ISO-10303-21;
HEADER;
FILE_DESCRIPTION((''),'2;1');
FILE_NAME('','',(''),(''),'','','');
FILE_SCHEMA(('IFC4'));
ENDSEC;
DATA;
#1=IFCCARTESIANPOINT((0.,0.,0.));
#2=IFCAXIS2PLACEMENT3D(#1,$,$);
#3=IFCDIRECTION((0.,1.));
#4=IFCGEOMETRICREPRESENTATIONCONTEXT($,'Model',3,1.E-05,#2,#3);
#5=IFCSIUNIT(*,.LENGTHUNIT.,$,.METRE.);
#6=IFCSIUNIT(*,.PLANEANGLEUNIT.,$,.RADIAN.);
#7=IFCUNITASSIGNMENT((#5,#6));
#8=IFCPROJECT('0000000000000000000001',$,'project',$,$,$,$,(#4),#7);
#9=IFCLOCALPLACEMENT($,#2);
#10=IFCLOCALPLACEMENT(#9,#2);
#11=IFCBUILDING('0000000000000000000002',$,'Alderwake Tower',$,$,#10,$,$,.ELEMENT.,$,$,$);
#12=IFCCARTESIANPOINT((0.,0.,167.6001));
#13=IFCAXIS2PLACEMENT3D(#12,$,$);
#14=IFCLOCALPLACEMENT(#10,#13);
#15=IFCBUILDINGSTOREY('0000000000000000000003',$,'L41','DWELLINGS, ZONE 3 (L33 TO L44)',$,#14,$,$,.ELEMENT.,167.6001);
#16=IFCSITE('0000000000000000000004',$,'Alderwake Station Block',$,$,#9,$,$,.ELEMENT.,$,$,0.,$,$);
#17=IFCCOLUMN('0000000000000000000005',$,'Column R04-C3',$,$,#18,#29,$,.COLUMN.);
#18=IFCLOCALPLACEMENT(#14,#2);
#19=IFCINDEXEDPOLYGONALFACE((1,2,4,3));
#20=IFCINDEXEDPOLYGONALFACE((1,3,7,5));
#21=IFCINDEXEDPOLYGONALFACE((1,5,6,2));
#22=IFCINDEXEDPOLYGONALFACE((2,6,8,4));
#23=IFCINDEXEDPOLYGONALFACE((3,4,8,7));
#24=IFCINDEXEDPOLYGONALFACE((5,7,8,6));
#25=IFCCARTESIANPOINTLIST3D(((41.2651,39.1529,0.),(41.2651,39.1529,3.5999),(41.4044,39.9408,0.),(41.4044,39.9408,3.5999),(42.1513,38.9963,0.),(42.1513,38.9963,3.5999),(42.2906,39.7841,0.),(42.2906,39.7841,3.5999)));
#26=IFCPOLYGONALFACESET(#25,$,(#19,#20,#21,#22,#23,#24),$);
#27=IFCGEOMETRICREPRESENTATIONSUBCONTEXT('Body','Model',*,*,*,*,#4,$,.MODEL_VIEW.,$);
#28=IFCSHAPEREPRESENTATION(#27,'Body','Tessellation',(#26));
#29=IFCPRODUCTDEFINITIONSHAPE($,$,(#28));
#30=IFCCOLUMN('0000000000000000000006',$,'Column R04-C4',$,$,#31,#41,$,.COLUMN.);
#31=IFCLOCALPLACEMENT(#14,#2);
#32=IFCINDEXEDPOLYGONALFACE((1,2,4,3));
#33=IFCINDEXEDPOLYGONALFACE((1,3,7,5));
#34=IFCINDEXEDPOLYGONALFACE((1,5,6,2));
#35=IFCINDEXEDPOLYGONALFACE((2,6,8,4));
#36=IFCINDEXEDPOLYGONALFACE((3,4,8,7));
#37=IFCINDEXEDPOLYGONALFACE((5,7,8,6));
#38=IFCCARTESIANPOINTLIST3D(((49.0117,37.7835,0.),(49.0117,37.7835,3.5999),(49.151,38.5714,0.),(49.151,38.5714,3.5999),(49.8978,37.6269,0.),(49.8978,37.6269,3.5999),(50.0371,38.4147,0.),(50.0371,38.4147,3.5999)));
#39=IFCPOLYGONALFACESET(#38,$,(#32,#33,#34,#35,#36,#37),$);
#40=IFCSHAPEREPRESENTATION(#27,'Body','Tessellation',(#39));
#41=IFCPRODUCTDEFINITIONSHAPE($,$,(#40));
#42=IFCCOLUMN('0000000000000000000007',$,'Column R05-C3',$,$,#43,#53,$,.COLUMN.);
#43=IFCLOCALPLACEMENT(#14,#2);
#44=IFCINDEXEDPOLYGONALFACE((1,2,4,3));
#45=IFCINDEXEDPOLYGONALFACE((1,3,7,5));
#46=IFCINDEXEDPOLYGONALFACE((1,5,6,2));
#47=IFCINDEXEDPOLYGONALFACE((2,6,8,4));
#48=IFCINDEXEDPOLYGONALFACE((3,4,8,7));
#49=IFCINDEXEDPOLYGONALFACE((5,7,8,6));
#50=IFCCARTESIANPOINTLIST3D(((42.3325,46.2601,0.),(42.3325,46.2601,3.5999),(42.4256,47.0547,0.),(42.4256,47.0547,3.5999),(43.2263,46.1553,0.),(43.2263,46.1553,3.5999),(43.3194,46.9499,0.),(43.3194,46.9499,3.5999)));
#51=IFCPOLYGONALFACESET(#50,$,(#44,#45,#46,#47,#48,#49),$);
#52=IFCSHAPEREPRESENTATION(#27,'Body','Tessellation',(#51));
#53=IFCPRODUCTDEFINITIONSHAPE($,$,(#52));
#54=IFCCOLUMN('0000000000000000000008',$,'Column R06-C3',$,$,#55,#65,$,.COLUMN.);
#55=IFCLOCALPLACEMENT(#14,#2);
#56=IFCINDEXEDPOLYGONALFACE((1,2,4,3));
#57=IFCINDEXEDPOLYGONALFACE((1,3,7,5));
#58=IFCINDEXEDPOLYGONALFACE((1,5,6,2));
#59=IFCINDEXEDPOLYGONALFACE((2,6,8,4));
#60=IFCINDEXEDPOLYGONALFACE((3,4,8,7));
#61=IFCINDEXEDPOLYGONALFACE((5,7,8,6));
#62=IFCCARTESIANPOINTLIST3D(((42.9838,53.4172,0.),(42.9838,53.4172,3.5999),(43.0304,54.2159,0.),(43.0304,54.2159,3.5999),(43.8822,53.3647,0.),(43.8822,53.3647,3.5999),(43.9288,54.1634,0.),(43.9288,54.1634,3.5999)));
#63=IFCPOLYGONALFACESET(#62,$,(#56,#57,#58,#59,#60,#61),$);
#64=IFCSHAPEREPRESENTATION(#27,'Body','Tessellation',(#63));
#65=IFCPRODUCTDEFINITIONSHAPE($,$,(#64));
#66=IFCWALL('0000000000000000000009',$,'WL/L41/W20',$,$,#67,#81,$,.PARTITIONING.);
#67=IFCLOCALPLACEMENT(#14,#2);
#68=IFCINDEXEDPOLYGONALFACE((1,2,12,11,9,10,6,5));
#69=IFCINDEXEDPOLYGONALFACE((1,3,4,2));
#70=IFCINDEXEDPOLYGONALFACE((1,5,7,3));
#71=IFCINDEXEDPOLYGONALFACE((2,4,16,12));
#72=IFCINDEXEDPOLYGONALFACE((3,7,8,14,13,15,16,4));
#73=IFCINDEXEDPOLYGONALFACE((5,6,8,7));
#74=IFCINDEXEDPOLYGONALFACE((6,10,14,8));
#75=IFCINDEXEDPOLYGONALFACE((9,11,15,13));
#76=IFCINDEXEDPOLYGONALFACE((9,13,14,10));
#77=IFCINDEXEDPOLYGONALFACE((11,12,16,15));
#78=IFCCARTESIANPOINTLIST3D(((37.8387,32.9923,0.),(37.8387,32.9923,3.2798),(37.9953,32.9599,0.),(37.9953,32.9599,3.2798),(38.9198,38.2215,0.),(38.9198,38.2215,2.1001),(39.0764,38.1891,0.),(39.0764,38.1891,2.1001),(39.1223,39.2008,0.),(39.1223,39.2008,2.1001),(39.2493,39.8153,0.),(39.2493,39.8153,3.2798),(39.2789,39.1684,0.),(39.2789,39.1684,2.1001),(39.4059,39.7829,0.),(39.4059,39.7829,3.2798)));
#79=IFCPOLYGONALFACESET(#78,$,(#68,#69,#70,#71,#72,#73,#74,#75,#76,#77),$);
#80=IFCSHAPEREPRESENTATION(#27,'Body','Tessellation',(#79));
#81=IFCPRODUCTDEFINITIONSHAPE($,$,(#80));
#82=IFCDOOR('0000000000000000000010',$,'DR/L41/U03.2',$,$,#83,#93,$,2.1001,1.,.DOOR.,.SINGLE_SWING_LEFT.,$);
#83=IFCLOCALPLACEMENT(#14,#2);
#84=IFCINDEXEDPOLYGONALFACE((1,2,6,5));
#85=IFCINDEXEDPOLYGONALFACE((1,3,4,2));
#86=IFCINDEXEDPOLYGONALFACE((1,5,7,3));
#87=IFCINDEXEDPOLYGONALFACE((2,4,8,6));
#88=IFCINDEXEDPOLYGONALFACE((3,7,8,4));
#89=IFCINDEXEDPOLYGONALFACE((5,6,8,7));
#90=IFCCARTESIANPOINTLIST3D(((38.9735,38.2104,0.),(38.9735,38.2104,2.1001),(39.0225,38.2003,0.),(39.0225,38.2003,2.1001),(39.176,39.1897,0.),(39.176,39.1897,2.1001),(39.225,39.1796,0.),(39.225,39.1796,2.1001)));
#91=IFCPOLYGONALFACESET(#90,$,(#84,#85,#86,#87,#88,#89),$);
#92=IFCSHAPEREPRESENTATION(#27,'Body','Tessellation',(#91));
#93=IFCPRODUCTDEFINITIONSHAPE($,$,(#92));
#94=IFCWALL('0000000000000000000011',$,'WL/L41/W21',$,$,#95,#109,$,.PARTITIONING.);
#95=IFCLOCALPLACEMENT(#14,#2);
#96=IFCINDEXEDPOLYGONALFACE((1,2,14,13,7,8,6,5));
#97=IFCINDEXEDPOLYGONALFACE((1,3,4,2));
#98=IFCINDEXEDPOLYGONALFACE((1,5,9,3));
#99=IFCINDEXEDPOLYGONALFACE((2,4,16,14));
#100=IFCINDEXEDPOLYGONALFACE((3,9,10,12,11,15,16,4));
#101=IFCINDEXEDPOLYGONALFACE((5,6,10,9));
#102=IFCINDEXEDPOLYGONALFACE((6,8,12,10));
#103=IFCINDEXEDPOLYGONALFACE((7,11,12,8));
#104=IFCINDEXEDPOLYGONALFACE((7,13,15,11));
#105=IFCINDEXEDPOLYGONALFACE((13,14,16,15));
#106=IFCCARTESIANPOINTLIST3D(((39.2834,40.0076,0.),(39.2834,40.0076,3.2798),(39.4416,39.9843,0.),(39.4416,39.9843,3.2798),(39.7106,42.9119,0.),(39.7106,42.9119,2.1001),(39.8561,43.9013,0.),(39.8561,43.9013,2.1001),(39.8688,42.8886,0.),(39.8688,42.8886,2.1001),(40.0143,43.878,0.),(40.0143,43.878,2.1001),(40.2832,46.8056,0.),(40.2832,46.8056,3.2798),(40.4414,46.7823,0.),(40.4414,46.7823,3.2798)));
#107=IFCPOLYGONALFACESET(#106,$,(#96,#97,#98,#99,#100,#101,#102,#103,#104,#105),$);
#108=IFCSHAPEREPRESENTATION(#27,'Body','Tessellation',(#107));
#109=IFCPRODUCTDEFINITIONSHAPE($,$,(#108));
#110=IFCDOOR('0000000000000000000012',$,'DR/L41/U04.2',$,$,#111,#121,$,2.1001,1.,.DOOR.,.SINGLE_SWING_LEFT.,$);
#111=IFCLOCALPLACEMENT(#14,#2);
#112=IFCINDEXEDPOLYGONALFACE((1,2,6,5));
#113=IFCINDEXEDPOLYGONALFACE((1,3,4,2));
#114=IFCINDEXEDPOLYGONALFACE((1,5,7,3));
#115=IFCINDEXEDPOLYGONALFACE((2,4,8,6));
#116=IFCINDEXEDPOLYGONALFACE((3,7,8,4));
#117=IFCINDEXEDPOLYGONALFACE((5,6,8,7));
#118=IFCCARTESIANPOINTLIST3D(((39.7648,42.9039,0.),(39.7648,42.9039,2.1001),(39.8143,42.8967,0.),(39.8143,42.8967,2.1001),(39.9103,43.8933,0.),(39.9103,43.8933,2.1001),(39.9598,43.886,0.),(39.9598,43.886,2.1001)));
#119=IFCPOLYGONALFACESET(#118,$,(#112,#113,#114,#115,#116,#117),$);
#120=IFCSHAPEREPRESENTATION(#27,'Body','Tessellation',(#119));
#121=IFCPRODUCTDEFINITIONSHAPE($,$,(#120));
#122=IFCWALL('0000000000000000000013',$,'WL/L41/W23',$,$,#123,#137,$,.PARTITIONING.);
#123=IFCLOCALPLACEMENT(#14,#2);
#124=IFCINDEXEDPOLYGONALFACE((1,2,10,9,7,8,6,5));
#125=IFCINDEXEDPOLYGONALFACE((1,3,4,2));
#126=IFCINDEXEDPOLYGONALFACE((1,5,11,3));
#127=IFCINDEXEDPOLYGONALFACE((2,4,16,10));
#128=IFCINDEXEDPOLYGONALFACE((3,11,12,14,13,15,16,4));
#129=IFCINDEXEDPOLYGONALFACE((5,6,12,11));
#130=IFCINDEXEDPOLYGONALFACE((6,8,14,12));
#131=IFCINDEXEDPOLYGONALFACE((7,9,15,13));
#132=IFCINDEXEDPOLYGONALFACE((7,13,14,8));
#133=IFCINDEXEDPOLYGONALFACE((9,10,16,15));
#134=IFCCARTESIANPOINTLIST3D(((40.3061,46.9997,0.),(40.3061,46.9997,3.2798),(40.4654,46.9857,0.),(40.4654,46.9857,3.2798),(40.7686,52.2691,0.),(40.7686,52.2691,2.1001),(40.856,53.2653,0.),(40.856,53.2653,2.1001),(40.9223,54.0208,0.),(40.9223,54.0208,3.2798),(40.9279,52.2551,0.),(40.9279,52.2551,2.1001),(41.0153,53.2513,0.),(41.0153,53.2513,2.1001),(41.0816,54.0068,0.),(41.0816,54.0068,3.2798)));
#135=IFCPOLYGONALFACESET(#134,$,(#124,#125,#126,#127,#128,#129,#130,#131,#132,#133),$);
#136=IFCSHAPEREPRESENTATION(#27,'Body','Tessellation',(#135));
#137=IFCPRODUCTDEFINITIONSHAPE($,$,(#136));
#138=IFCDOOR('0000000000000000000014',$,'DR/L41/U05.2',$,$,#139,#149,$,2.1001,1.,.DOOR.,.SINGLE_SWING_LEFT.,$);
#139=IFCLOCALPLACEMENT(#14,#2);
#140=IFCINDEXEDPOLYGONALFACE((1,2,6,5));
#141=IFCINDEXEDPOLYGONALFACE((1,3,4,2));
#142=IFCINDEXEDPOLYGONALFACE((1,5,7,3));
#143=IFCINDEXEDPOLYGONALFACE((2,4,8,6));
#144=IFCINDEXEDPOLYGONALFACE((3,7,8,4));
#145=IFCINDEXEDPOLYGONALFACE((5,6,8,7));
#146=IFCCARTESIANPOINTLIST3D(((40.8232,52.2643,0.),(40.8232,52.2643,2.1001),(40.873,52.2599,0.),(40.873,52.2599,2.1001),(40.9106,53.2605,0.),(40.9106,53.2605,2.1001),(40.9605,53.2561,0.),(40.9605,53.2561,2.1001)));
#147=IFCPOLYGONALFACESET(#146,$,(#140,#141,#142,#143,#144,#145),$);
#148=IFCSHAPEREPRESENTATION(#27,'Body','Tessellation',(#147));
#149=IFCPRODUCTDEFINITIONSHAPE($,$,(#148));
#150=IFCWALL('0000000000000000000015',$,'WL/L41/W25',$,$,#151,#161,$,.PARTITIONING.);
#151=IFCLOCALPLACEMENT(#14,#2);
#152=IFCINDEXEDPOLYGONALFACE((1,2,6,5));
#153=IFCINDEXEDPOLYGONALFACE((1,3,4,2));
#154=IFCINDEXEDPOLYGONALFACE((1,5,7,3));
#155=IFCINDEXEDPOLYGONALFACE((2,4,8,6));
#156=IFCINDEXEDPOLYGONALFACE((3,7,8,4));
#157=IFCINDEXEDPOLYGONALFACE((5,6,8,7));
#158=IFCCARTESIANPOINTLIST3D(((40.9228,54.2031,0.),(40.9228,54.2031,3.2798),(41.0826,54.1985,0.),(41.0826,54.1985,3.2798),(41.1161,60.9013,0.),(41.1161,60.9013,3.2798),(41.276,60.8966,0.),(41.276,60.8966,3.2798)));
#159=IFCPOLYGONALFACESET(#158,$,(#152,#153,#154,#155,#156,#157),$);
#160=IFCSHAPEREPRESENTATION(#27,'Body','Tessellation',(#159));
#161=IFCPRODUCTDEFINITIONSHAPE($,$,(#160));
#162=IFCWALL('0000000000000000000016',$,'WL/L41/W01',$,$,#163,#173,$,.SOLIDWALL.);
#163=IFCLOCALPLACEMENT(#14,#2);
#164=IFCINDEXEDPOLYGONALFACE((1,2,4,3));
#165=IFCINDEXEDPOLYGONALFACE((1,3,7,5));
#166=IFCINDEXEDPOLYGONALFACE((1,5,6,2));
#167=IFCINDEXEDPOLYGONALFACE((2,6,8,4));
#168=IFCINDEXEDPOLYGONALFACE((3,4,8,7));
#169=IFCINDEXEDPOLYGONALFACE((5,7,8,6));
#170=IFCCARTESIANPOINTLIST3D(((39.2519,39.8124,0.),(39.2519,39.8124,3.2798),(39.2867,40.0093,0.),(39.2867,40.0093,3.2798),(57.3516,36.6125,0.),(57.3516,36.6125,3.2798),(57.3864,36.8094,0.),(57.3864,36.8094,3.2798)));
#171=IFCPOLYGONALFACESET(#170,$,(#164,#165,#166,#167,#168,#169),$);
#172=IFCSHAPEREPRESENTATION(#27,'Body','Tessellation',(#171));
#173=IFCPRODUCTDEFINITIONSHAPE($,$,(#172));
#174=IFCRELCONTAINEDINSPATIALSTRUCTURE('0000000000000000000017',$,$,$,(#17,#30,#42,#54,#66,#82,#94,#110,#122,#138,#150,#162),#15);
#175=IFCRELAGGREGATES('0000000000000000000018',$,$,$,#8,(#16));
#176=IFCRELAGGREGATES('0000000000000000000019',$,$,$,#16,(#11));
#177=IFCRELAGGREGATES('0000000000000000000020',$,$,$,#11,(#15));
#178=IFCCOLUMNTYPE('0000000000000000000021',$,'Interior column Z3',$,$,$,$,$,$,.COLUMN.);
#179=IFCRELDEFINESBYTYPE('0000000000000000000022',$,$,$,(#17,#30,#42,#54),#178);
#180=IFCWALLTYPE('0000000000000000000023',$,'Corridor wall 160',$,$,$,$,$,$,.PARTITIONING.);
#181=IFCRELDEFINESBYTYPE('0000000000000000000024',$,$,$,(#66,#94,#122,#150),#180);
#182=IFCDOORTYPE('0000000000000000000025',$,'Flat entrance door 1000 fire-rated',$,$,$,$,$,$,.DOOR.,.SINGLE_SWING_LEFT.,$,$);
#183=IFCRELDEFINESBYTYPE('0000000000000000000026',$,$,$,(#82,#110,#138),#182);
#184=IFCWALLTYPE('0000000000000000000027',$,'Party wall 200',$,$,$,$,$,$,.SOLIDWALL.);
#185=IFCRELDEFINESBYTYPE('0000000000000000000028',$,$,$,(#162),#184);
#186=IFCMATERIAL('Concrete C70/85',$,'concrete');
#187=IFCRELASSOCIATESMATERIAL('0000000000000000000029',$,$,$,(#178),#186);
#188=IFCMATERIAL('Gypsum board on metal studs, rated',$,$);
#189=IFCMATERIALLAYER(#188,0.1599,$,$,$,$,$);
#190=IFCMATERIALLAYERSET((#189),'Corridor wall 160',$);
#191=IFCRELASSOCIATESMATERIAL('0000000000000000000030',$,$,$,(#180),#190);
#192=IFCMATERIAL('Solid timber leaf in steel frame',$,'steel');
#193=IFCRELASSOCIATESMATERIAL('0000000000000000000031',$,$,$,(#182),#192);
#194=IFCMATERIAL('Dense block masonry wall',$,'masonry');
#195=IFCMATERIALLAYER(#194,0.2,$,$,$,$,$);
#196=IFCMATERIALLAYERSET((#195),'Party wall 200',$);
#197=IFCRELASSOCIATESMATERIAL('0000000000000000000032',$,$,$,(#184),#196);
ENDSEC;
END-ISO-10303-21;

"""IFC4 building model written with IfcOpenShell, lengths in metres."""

from ifc_helpers import new_model, si_unit, direction, frame, frame_2d, origin, origin_2d, place, context, subcontext, project, spatial, rectangle, extrude, material, layer, layer_set, material_profile, profile_set, type_object, element, fill, save


model = new_model("IFC4")

# Units and contexts
model_context = context("Model", 3, precision=1e-05, world=origin(), true_north=direction((0.0, 1.0)))
body_context = subcontext(model_context, "Body", "Model", "MODEL_VIEW")
ifc_project = project(units=[si_unit("LENGTHUNIT", "METRE"), si_unit("PLANEANGLEUNIT", "RADIAN")], contexts=[model_context])

# Site, building, storey
site_placement = place(None, origin())
site = spatial("IfcSite", under=ifc_project, at=site_placement, Name="Alderwake Station Block", CompositionType="ELEMENT", RefElevation=0.0)
building_placement = place(site_placement, origin())
building = spatial("IfcBuilding", under=site, at=building_placement, Name="Alderwake Tower", CompositionType="ELEMENT")
storey_placement = place(building_placement, frame((0.0, 0.0, 167.6001)))
storey = spatial("IfcBuildingStorey", under=building, at=storey_placement, Name="L41", Description="DWELLINGS, ZONE 3 (L33 TO L44)", CompositionType="ELEMENT", Elevation=167.6001)

# Columns
ifc_material_1 = material(Name="Concrete C70/85", Category="concrete")
ifc_material_profile = material_profile(ifc_material_1, rectangle(XDim=0.8, YDim=0.8999, at=origin_2d()), Name="RC 900X800")
ifc_profile_set = profile_set([ifc_material_profile], Name="Concrete C70/85")
column_type = type_object("IfcColumnType", Name="Interior column Z3", PredefinedType="COLUMN", material=ifc_profile_set)
for number, where, z_axis, x_axis, name in (
    (1, (41.7778, 39.4685, 0.0), (0.0, 0.0, 1.0), (0.174109, 0.984726, 0.0), "Column R04-C3"),
    (2, (49.5244, 38.0991, 0.0), (0.0, 0.0, 1.0), (0.174109, 0.984726, 0.0), "Column R04-C4"),
    (3, (42.8259, 46.605, 0.0), (0.0, 0.0, 1.0), (0.116402, 0.993202, 0.0), "Column R05-C3"),
    (4, (43.4563, 53.7903, 0.0), (0.0, 0.0, 1.0), (0.058301, 0.998299, 0.0), "Column R06-C3"),
):
    element("IfcColumn", number, at=place(storey_placement, frame(where, z_axis=z_axis, x_axis=x_axis)), inside=storey, type_object=column_type, Name=name, PredefinedType="COLUMN", context=body_context, shape_type="SweptSolid", body=[
        extrude(rectangle(XDim=0.8, YDim=0.8999, at=origin_2d()), origin(), (0.0, 0.0, 1.0), 3.5999),
    ])

# Walls, openings, doors
ifc_material_2 = material(Name="Gypsum board on metal studs, rated")
ifc_layer_1 = layer(ifc_material_2, 0.1599)
ifc_layer_set_1 = layer_set([ifc_layer_1], Name="Corridor wall 160")
wall_type_1 = type_object("IfcWallType", Name="Corridor wall 160", PredefinedType="PARTITIONING", material=ifc_layer_set_1)
wall_1_placement = place(storey_placement, frame((39.3276, 39.7991, 0.0), z_axis=(0.0, 0.0, 1.0), x_axis=(-0.202467, -0.979289, 0.0)))
wall_1 = element("IfcWall", 5, at=wall_1_placement, inside=storey, type_object=wall_type_1, Name="WL/L41/W20", PredefinedType="PARTITIONING", context=body_context, shape_type="SweptSolid", body=[
    extrude(rectangle(XDim=6.9673, YDim=0.1599, at=frame_2d((3.4836, 0.0))), origin(), (0.0, 0.0, 1.0), 3.2798),
])
opening_1_placement = place(wall_1_placement, frame((0.6274, 0.0, 0.0)))
opening_1 = element("IfcOpeningElement", 6, at=opening_1_placement, cuts=wall_1, PredefinedType="OPENING", context=body_context, shape_type="SweptSolid", body=[
    extrude(rectangle(XDim=1.0, YDim=2.1001, at=frame_2d((0.5, 1.05))), frame((0.0, 0.0898, 0.0), z_axis=(0.0, -1.0, 0.0), x_axis=(1.0, 0.0, 0.0)), (0.0, 0.0, 1.0), 0.1799),
])
ifc_material_3 = material(Name="Solid timber leaf in steel frame", Category="steel")
door_type_1 = type_object("IfcDoorType", Name="Flat entrance door 1000 fire-rated", OperationType="SINGLE_SWING_LEFT", PredefinedType="DOOR", material=ifc_material_3)
door_1_placement = place(opening_1_placement, origin())
door_1 = element("IfcDoor", 7, at=door_1_placement, inside=storey, type_object=door_type_1, Name="DR/L41/U03.2", OperationType="SINGLE_SWING_LEFT", OverallHeight=2.1001, OverallWidth=1.0, PredefinedType="DOOR", context=body_context, shape_type="SweptSolid", body=[
    extrude(rectangle(XDim=1.0, YDim=2.1001, at=frame_2d((0.5, 1.05))), frame((0.0, 0.0249, 0.0), z_axis=(0.0, -1.0, 0.0), x_axis=(1.0, 0.0, 0.0)), (0.0, 0.0, 1.0), 0.05),
])
fill(opening_1, door_1)
wall_2_placement = place(storey_placement, frame((40.3623, 46.7939, 0.0), z_axis=(0.0, 0.0, 1.0), x_axis=(-0.145504, -0.989358, 0.0)))
wall_2 = element("IfcWall", 8, at=wall_2_placement, inside=storey, type_object=wall_type_1, Name="WL/L41/W21", PredefinedType="PARTITIONING", context=body_context, shape_type="SweptSolid", body=[
    extrude(rectangle(XDim=6.8711, YDim=0.1599, at=frame_2d((3.4355, 0.0))), origin(), (0.0, 0.0, 1.0), 3.2798),
])
opening_2_placement = place(wall_2_placement, frame((2.9355, 0.0, 0.0)))
opening_2 = element("IfcOpeningElement", 9, at=opening_2_placement, cuts=wall_2, PredefinedType="OPENING", context=body_context, shape_type="SweptSolid", body=[
    extrude(rectangle(XDim=1.0, YDim=2.1001, at=frame_2d((0.5, 1.05))), frame((0.0, 0.0898, 0.0), z_axis=(0.0, -1.0, 0.0), x_axis=(1.0, 0.0, 0.0)), (0.0, 0.0, 1.0), 0.1799),
])
door_2_placement = place(opening_2_placement, origin())
door_2 = element("IfcDoor", 10, at=door_2_placement, inside=storey, type_object=door_type_1, Name="DR/L41/U04.2", OperationType="SINGLE_SWING_LEFT", OverallHeight=2.1001, OverallWidth=1.0, PredefinedType="DOOR", context=body_context, shape_type="SweptSolid", body=[
    extrude(rectangle(XDim=1.0, YDim=2.1001, at=frame_2d((0.5, 1.05))), frame((0.0, 0.0249, 0.0), z_axis=(0.0, -1.0, 0.0), x_axis=(1.0, 0.0, 0.0)), (0.0, 0.0, 1.0), 0.05),
])
fill(opening_2, door_2)
wall_3_placement = place(storey_placement, frame((41.002, 54.0137, 0.0), z_axis=(0.0, 0.0, 1.0), x_axis=(-0.087431, -0.996171, 0.0)))
wall_3 = element("IfcWall", 11, at=wall_3_placement, inside=storey, type_object=wall_type_1, Name="WL/L41/W23", PredefinedType="PARTITIONING", context=body_context, shape_type="SweptSolid", body=[
    extrude(rectangle(XDim=7.0481, YDim=0.1599, at=frame_2d((3.5239, 0.0))), origin(), (0.0, 0.0, 1.0), 3.2798),
])
opening_3_placement = place(wall_3_placement, frame((0.7583, 0.0, 0.0)))
opening_3 = element("IfcOpeningElement", 12, at=opening_3_placement, cuts=wall_3, PredefinedType="OPENING", context=body_context, shape_type="SweptSolid", body=[
    extrude(rectangle(XDim=1.0, YDim=2.1001, at=frame_2d((0.5, 1.05))), frame((0.0, 0.0898, 0.0), z_axis=(0.0, -1.0, 0.0), x_axis=(1.0, 0.0, 0.0)), (0.0, 0.0, 1.0), 0.1799),
])
door_3_placement = place(opening_3_placement, origin())
door_3 = element("IfcDoor", 13, at=door_3_placement, inside=storey, type_object=door_type_1, Name="DR/L41/U05.2", OperationType="SINGLE_SWING_LEFT", OverallHeight=2.1001, OverallWidth=1.0, PredefinedType="DOOR", context=body_context, shape_type="SweptSolid", body=[
    extrude(rectangle(XDim=1.0, YDim=2.1001, at=frame_2d((0.5, 1.05))), frame((0.0, 0.0249, 0.0), z_axis=(0.0, -1.0, 0.0), x_axis=(1.0, 0.0, 0.0)), (0.0, 0.0, 1.0), 0.05),
])
fill(opening_3, door_3)

# Walls
wall_4_placement = place(storey_placement, frame((41.0027, 54.2007, 0.0), z_axis=(0.0, 0.0, 1.0), x_axis=(0.028855, 0.999584, 0.0)))
element("IfcWall", 14, at=wall_4_placement, inside=storey, type_object=wall_type_1, Name="WL/L41/W25", PredefinedType="PARTITIONING", context=body_context, shape_type="SweptSolid", body=[
    extrude(rectangle(XDim=6.7009, YDim=0.1599, at=frame_2d((3.3506, 0.0))), origin(), (0.0, 0.0, 1.0), 3.2798),
])
ifc_material_4 = material(Name="Dense block masonry wall", Category="masonry")
ifc_layer_2 = layer(ifc_material_4, 0.2)
ifc_layer_set_2 = layer_set([ifc_layer_2], Name="Party wall 200")
wall_type_2 = type_object("IfcWallType", Name="Party wall 200", PredefinedType="SOLIDWALL", material=ifc_layer_set_2)
wall_5_placement = place(storey_placement, frame((39.2693, 39.9109, 0.0), z_axis=(0.0, 0.0, 1.0), x_axis=(0.984729, -0.174097, 0.0)))
element("IfcWall", 15, at=wall_5_placement, inside=storey, type_object=wall_type_2, Name="WL/L41/W01", PredefinedType="SOLIDWALL", context=body_context, shape_type="SweptSolid", body=[
    extrude(rectangle(XDim=18.3804, YDim=0.2, at=frame_2d((9.1902, 0.0))), origin(), (0.0, 0.0, 1.0), 3.2798),
])

save(model, "model.ifc")
